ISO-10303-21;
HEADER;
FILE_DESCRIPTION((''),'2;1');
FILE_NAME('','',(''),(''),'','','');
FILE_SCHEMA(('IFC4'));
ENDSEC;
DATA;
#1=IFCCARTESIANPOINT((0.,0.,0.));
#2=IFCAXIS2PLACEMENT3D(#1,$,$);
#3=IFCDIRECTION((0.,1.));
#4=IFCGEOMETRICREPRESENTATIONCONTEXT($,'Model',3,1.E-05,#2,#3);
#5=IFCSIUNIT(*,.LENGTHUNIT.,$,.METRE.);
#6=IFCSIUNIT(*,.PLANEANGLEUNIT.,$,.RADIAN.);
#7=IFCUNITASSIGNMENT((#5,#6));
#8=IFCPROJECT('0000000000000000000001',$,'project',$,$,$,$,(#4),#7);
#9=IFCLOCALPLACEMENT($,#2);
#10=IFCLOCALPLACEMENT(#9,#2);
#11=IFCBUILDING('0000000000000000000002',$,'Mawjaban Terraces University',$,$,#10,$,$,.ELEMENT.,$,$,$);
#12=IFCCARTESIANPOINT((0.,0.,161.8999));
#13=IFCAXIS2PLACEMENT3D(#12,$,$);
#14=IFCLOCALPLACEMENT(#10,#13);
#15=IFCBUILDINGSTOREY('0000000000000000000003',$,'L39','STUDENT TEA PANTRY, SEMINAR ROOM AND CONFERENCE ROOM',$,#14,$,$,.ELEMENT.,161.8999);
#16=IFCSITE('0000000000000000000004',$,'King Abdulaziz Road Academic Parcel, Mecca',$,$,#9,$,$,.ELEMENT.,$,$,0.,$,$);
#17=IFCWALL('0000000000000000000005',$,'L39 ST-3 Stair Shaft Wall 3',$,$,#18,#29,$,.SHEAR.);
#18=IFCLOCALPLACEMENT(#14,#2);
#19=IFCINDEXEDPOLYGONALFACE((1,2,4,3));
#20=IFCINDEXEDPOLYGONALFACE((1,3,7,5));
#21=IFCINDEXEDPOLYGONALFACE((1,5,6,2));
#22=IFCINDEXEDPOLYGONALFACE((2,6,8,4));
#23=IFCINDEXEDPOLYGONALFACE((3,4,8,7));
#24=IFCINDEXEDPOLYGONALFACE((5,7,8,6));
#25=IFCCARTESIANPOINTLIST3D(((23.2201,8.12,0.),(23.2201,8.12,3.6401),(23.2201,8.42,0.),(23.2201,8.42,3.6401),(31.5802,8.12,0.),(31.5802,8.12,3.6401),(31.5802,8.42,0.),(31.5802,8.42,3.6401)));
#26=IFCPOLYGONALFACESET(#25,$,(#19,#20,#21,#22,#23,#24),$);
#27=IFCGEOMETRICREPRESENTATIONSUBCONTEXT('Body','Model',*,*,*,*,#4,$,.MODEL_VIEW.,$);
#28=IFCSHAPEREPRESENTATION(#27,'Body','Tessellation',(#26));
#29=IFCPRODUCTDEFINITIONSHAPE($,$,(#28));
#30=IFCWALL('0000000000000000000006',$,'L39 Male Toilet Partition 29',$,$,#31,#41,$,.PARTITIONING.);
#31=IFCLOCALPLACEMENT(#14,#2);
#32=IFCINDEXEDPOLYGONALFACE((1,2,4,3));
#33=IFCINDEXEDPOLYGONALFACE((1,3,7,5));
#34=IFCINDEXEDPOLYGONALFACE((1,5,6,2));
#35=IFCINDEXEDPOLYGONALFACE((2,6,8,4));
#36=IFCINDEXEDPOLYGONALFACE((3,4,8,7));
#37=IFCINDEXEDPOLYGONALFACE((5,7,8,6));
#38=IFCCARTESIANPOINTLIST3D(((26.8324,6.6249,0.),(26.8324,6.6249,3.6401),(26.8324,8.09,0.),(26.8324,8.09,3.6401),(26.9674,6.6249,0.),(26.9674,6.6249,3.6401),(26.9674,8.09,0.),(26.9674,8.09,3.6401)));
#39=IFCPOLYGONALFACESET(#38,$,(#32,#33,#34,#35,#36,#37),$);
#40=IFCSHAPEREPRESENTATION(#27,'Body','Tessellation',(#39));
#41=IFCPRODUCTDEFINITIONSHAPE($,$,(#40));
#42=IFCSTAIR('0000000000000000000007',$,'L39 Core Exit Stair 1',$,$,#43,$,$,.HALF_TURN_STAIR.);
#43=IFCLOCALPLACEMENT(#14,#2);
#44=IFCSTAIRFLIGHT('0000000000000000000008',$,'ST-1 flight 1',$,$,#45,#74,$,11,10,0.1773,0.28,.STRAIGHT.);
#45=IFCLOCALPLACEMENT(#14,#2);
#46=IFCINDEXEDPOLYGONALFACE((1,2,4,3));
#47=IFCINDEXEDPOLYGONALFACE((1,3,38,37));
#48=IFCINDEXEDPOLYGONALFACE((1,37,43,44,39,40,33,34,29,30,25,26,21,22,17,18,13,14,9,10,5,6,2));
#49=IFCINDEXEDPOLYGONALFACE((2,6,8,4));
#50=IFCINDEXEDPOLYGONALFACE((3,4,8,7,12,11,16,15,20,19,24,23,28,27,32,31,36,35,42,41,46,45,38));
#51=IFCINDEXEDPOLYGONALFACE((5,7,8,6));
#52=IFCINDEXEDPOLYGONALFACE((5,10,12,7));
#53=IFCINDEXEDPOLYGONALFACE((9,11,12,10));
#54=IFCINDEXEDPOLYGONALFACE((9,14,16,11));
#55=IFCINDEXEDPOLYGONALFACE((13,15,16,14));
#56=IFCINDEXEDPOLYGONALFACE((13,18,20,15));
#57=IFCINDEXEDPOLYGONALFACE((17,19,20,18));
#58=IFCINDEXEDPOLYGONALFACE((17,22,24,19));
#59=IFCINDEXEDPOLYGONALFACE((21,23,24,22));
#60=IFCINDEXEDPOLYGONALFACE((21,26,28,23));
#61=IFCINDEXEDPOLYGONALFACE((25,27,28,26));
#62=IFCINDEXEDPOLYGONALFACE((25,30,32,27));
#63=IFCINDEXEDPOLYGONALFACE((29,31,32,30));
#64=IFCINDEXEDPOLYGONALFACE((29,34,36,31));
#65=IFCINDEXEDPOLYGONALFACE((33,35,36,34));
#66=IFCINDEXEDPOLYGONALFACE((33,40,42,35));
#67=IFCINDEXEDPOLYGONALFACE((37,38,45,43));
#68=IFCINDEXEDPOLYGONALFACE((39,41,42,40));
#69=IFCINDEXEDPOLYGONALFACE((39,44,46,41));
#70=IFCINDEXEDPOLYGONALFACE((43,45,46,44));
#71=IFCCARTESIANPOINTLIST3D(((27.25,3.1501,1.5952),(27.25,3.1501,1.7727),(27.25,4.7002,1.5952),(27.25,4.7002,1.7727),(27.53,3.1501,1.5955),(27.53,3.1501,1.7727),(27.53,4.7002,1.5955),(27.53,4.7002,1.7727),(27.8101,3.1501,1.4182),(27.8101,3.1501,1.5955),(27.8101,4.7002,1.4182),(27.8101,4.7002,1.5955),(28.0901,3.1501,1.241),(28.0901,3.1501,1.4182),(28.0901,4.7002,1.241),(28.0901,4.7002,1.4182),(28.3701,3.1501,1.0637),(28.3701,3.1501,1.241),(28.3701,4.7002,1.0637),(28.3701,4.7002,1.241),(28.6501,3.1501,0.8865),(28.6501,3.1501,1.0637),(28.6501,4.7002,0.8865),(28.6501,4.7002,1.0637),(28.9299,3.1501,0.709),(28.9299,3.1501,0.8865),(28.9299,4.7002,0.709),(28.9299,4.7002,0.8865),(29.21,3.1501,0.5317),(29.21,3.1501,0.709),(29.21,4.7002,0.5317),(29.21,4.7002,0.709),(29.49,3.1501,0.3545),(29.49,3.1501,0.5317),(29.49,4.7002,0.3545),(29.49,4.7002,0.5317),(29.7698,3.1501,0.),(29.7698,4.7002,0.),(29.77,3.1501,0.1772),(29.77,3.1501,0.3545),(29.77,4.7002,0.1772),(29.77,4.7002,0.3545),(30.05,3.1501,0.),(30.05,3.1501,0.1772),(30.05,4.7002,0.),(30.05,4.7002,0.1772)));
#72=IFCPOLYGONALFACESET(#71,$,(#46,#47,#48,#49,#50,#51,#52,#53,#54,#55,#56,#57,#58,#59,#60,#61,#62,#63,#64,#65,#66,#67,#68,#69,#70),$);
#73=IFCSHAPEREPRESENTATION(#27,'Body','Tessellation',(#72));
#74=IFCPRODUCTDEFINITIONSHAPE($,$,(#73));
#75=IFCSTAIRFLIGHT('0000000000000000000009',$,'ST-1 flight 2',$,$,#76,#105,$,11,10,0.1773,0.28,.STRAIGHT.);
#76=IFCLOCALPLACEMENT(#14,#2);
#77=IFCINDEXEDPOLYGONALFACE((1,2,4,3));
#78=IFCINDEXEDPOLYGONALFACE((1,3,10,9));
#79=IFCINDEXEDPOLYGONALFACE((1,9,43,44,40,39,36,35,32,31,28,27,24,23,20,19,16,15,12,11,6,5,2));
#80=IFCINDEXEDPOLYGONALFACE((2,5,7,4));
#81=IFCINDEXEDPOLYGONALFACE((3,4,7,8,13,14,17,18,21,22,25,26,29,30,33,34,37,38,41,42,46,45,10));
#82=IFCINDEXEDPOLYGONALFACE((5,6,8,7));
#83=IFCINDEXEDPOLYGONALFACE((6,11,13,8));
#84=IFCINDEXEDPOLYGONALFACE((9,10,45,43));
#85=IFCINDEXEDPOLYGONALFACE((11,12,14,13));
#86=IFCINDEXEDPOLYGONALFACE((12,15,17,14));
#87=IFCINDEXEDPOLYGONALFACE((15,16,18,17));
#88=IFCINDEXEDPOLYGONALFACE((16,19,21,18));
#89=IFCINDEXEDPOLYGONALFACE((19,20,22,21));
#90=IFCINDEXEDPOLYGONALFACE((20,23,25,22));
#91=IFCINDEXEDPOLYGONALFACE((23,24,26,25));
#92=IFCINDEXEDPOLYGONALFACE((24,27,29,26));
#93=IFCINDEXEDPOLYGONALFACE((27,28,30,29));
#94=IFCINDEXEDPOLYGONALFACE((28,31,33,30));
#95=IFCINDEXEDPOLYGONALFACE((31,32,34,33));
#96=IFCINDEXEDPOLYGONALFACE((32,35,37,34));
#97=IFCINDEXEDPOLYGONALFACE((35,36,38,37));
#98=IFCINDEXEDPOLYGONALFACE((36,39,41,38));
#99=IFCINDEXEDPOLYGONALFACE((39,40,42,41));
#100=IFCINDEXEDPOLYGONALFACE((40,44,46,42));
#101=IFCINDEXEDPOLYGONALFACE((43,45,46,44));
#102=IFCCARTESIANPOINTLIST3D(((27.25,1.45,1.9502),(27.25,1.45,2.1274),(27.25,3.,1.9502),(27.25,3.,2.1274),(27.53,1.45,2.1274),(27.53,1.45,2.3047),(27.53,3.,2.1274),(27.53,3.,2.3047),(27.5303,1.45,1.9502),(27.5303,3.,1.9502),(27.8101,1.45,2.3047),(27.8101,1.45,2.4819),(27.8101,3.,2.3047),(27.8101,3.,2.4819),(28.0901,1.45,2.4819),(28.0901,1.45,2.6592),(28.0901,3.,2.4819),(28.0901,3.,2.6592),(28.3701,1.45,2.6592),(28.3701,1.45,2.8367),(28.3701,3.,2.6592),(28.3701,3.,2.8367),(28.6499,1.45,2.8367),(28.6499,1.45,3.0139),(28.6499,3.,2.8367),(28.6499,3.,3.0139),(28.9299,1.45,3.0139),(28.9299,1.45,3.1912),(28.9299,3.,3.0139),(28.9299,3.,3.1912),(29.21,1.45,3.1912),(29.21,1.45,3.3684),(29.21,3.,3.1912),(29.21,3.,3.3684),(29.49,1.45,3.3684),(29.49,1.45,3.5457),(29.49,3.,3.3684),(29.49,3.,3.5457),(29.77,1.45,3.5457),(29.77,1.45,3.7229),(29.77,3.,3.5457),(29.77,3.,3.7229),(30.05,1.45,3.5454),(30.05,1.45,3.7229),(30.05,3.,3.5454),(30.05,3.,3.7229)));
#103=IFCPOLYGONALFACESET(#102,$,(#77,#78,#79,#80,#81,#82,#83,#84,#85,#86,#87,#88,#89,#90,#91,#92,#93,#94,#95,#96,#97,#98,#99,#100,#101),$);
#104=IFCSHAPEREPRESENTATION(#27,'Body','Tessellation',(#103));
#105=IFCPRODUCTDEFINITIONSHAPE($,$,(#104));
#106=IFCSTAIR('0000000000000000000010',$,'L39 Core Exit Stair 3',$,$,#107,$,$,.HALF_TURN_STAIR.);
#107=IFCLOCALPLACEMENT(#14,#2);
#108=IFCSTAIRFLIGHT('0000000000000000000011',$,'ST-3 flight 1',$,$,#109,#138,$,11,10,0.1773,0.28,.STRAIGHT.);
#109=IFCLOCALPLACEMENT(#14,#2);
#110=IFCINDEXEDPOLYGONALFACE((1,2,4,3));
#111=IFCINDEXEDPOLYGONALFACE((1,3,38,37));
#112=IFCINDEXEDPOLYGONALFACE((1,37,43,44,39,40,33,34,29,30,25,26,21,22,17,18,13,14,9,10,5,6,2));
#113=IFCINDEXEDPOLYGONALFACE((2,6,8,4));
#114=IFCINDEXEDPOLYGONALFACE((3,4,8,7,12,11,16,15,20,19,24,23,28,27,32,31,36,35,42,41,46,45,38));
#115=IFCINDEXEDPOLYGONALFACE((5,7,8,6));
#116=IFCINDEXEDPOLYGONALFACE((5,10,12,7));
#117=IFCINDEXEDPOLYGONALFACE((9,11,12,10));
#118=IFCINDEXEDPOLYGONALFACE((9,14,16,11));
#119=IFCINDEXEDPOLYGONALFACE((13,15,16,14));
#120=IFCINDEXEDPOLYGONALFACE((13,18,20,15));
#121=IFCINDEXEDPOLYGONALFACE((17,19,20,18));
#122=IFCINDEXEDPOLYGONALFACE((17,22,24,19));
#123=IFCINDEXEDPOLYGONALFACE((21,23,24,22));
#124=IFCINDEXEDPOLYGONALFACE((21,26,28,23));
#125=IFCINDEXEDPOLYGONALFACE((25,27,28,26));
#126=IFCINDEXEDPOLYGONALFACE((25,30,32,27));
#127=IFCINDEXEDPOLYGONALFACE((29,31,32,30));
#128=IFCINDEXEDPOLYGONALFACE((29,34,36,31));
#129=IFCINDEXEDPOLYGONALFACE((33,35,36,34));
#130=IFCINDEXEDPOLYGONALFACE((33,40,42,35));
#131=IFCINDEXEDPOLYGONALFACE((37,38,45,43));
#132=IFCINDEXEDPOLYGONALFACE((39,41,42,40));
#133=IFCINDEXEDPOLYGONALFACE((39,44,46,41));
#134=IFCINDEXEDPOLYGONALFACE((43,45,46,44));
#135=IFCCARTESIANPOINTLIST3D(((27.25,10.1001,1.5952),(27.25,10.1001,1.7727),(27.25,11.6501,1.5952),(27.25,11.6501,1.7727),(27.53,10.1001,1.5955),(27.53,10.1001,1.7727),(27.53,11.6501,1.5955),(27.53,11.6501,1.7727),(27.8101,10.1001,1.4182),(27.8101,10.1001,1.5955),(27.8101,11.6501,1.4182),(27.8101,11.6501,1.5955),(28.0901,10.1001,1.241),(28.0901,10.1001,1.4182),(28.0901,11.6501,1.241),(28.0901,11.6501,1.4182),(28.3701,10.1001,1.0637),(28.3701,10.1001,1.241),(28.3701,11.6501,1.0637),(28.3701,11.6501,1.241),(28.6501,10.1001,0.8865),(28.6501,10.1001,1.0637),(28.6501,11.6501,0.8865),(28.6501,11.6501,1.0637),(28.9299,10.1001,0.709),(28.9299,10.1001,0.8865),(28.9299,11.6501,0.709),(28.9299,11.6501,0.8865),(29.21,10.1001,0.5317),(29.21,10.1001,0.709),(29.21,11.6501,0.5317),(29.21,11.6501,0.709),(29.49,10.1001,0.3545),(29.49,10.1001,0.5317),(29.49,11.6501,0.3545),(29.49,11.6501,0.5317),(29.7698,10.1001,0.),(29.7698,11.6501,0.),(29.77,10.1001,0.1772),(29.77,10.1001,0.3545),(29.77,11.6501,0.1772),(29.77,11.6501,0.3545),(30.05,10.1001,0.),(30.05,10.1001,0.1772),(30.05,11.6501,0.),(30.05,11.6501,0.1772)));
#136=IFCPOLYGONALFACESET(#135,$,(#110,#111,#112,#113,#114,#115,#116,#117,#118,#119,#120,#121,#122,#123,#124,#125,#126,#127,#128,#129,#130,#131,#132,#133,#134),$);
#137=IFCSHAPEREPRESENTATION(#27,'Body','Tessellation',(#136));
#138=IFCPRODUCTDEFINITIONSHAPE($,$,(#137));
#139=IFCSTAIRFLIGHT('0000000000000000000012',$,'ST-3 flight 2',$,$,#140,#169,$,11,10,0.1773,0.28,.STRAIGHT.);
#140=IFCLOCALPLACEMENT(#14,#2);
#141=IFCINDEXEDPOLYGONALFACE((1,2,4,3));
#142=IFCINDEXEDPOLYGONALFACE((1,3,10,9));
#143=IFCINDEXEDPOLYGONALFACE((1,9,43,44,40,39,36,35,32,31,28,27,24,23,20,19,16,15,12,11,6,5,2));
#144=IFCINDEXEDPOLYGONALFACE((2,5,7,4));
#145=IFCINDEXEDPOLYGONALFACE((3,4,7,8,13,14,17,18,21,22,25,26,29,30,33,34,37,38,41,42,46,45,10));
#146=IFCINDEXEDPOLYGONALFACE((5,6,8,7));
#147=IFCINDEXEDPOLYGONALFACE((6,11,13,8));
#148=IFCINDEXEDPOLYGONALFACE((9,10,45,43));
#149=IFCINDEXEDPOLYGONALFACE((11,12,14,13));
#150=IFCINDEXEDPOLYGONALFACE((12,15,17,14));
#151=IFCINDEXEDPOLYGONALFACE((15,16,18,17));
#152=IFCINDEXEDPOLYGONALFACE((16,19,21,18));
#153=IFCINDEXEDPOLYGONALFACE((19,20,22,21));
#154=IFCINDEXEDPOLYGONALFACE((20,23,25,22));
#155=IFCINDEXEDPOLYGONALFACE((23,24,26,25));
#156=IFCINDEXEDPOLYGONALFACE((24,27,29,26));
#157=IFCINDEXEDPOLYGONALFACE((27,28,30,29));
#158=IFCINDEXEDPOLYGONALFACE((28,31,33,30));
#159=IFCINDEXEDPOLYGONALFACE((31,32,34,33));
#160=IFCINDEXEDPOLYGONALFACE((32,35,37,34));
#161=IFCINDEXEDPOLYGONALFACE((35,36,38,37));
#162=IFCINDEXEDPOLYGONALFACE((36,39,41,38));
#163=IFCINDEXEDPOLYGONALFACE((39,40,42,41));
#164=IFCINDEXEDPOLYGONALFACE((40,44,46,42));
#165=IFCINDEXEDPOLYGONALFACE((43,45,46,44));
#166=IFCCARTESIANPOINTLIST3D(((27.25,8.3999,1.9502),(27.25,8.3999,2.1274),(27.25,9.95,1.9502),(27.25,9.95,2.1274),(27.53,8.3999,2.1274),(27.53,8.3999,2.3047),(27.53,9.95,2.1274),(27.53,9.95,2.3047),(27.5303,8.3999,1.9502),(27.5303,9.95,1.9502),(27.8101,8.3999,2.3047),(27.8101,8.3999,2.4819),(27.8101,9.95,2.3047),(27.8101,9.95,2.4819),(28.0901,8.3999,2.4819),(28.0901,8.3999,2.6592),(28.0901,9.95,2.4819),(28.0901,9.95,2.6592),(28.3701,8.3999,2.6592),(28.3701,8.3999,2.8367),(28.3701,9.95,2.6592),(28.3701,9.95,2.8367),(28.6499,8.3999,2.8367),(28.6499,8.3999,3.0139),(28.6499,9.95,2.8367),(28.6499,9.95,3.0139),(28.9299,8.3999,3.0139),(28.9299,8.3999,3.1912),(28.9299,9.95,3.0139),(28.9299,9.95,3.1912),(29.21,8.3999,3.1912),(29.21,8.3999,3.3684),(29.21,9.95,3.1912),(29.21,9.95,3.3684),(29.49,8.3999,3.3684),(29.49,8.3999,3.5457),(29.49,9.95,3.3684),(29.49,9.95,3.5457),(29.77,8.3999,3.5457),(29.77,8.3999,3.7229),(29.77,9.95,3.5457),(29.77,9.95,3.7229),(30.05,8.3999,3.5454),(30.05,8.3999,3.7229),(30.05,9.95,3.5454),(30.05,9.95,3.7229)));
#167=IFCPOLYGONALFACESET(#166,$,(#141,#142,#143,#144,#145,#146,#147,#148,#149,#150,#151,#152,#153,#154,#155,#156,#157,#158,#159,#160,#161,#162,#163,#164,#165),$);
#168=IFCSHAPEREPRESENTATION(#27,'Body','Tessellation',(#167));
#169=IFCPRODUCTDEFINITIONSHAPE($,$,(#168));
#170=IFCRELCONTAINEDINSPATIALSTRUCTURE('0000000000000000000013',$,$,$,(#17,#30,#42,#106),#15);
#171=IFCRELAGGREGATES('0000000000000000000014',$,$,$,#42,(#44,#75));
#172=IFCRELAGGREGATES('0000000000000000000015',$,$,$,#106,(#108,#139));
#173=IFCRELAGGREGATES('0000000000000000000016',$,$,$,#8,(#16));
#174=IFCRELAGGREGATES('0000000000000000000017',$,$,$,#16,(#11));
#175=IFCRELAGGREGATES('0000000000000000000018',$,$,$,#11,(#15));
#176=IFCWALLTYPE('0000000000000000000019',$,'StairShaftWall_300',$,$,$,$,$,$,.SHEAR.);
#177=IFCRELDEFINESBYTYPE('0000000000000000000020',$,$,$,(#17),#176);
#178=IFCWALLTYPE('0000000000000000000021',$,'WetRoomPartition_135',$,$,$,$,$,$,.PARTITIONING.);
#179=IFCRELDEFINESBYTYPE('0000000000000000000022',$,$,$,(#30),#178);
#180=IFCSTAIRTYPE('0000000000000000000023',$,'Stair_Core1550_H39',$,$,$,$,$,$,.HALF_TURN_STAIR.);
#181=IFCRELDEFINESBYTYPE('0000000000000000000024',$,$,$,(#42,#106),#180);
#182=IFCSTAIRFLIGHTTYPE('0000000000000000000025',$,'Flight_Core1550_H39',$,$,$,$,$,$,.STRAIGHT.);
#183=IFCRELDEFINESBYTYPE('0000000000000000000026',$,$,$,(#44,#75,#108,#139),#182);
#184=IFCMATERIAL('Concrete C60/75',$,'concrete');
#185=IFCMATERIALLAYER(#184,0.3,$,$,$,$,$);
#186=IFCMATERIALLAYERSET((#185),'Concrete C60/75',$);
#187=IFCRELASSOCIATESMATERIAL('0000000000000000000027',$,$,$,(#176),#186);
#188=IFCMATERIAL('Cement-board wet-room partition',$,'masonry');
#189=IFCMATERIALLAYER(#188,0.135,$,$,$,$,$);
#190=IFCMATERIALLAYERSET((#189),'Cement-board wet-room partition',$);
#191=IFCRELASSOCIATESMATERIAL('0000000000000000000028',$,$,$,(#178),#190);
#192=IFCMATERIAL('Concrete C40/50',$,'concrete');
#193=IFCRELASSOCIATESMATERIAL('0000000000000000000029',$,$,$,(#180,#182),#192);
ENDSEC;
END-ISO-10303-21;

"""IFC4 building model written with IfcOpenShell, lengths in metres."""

from ifc_helpers import new_model, si_unit, direction, frame, frame_2d, origin, place, context, subcontext, project, spatial, polyline, rectangle, outline, extrude, material, layer, layer_set, type_object, element, aggregate, save


model = new_model("IFC4")

# Units and contexts
model_context = context("Model", 3, precision=1e-05, world=origin(), true_north=direction((0.0, 1.0)))
body_context = subcontext(model_context, "Body", "Model", "MODEL_VIEW")
ifc_project = project(units=[si_unit("LENGTHUNIT", "METRE"), si_unit("PLANEANGLEUNIT", "RADIAN")], contexts=[model_context])

# Site, building, storey
site_placement = place(None, origin())
site = spatial("IfcSite", under=ifc_project, at=site_placement, Name="King Abdulaziz Road Academic Parcel, Mecca", CompositionType="ELEMENT", RefElevation=0.0)
building_placement = place(site_placement, origin())
building = spatial("IfcBuilding", under=site, at=building_placement, Name="Mawjaban Terraces University", CompositionType="ELEMENT")
storey_placement = place(building_placement, frame((0.0, 0.0, 161.8999)))
storey = spatial("IfcBuildingStorey", under=building, at=storey_placement, Name="L39", Description="STUDENT TEA PANTRY, SEMINAR ROOM AND CONFERENCE ROOM", CompositionType="ELEMENT", Elevation=161.8999)

# Walls
ifc_material_1 = material(Name="Concrete C60/75", Category="concrete")
ifc_layer_1 = layer(ifc_material_1, 0.3)
ifc_layer_set_1 = layer_set([ifc_layer_1], Name="Concrete C60/75")
wall_type_1 = type_object("IfcWallType", Name="StairShaftWall_300", PredefinedType="SHEAR", material=ifc_layer_set_1)
wall_1_placement = place(storey_placement, frame((23.22, 8.27, 0.0), z_axis=(0.0, 0.0, 1.0), x_axis=(1.0, 0.0, 0.0)))
element("IfcWall", 1, at=wall_1_placement, inside=storey, type_object=wall_type_1, Name="L39 ST-3 Stair Shaft Wall 3", PredefinedType="SHEAR", context=body_context, shape_type="SweptSolid", body=[
    extrude(rectangle(XDim=8.3601, YDim=0.3, at=frame_2d((4.1802, 0.0))), origin(), (0.0, 0.0, 1.0), 3.6401),
])
ifc_material_2 = material(Name="Cement-board wet-room partition", Category="masonry")
ifc_layer_2 = layer(ifc_material_2, 0.135)
ifc_layer_set_2 = layer_set([ifc_layer_2], Name="Cement-board wet-room partition")
wall_type_2 = type_object("IfcWallType", Name="WetRoomPartition_135", PredefinedType="PARTITIONING", material=ifc_layer_set_2)
wall_2_placement = place(storey_placement, frame((26.8999, 6.625, 0.0), z_axis=(0.0, 0.0, 1.0), x_axis=(0.0, 1.0, 0.0)))
element("IfcWall", 2, at=wall_2_placement, inside=storey, type_object=wall_type_2, Name="L39 Male Toilet Partition 29", PredefinedType="PARTITIONING", context=body_context, shape_type="SweptSolid", body=[
    extrude(rectangle(XDim=1.4651, YDim=0.135, at=frame_2d((0.7324, 0.0))), origin(), (0.0, 0.0, 1.0), 3.6401),
])

# Stairs, stair flights
ifc_material_3 = material(Name="Concrete C40/50", Category="concrete")
stair_type = type_object("IfcStairType", Name="Stair_Core1550_H39", PredefinedType="HALF_TURN_STAIR", material=ifc_material_3)
stair_1_placement = place(storey_placement, origin())
stair_1 = element("IfcStair", 3, at=stair_1_placement, inside=storey, type_object=stair_type, Name="L39 Core Exit Stair 1", PredefinedType="HALF_TURN_STAIR")
stair_flight_type = type_object("IfcStairFlightType", Name="Flight_Core1550_H39", PredefinedType="STRAIGHT", material=ifc_material_3)
stair_flight_1_placement = place(storey_placement, frame((30.05, 3.925, 0.0), z_axis=(0.0, 0.0, 1.0), x_axis=(-1.0, 0.0, 0.0)))
stair_flight_1 = element("IfcStairFlight", 4, at=stair_flight_1_placement, type_object=stair_flight_type, Name="ST-1 flight 1", NumberOfRisers=11, NumberOfTreads=10, PredefinedType="STRAIGHT", RiserHeight=0.1773, TreadLength=0.28, context=body_context, shape_type="SweptSolid", body=[
    extrude(outline(polyline([(0.0, 0.0), (0.0, 0.1772), (0.28, 0.1772), (0.28, 0.3545), (0.5601, 0.3545), (0.5601, 0.5317), (0.8401, 0.5317), (0.8401, 0.709), (1.1201, 0.709), (1.1201, 0.8865), (1.3999, 0.8865), (1.3999, 1.0637), (1.6799, 1.0637), (1.6799, 1.241), (1.96, 1.241), (1.96, 1.4182), (2.24, 1.4182), (2.24, 1.5955), (2.52, 1.5955), (2.52, 1.7727), (2.8, 1.7727), (2.8, 1.95), (2.8, 1.5952), (0.2803, 0.0), (0.0, 0.0)])), frame((0.0, 0.7749, 0.0), z_axis=(0.0, -1.0, 0.0), x_axis=(1.0, 0.0, 0.0)), (0.0, 0.0, 1.0), 1.55),
])
stair_flight_2_placement = place(storey_placement, frame((27.25, 2.2251, 1.9502), z_axis=(0.0, 0.0, 1.0), x_axis=(1.0, 0.0, 0.0)))
stair_flight_2 = element("IfcStairFlight", 5, at=stair_flight_2_placement, type_object=stair_flight_type, Name="ST-1 flight 2", NumberOfRisers=11, NumberOfTreads=10, PredefinedType="STRAIGHT", RiserHeight=0.1773, TreadLength=0.28, context=body_context, shape_type="SweptSolid", body=[
    extrude(outline(polyline([(0.0, 0.0), (0.0, 0.1772), (0.28, 0.1772), (0.28, 0.3545), (0.5601, 0.3545), (0.5601, 0.5317), (0.8401, 0.5317), (0.8401, 0.709), (1.1201, 0.709), (1.1201, 0.8865), (1.3999, 0.8865), (1.3999, 1.0637), (1.6799, 1.0637), (1.6799, 1.241), (1.96, 1.241), (1.96, 1.4182), (2.24, 1.4182), (2.24, 1.5955), (2.52, 1.5955), (2.52, 1.7727), (2.8, 1.7727), (2.8, 1.95), (2.8, 1.5952), (0.2803, 0.0), (0.0, 0.0)])), frame((0.0, 0.7749, 0.0), z_axis=(0.0, -1.0, 0.0), x_axis=(1.0, 0.0, 0.0)), (0.0, 0.0, 1.0), 1.55),
])
aggregate(stair_1, [stair_flight_1, stair_flight_2])
stair_2_placement = place(storey_placement, origin())
stair_2 = element("IfcStair", 6, at=stair_2_placement, inside=storey, type_object=stair_type, Name="L39 Core Exit Stair 3", PredefinedType="HALF_TURN_STAIR")
stair_flight_3_placement = place(storey_placement, frame((30.05, 10.875, 0.0), z_axis=(0.0, 0.0, 1.0), x_axis=(-1.0, 0.0, 0.0)))
stair_flight_3 = element("IfcStairFlight", 7, at=stair_flight_3_placement, type_object=stair_flight_type, Name="ST-3 flight 1", NumberOfRisers=11, NumberOfTreads=10, PredefinedType="STRAIGHT", RiserHeight=0.1773, TreadLength=0.28, context=body_context, shape_type="SweptSolid", body=[
    extrude(outline(polyline([(0.0, 0.0), (0.0, 0.1772), (0.28, 0.1772), (0.28, 0.3545), (0.5601, 0.3545), (0.5601, 0.5317), (0.8401, 0.5317), (0.8401, 0.709), (1.1201, 0.709), (1.1201, 0.8865), (1.3999, 0.8865), (1.3999, 1.0637), (1.6799, 1.0637), (1.6799, 1.241), (1.96, 1.241), (1.96, 1.4182), (2.24, 1.4182), (2.24, 1.5955), (2.52, 1.5955), (2.52, 1.7727), (2.8, 1.7727), (2.8, 1.95), (2.8, 1.5952), (0.2803, 0.0), (0.0, 0.0)])), frame((0.0, 0.7749, 0.0), z_axis=(0.0, -1.0, 0.0), x_axis=(1.0, 0.0, 0.0)), (0.0, 0.0, 1.0), 1.55),
])
stair_flight_4_placement = place(storey_placement, frame((27.25, 9.175, 1.9502), z_axis=(0.0, 0.0, 1.0), x_axis=(1.0, 0.0, 0.0)))
stair_flight_4 = element("IfcStairFlight", 8, at=stair_flight_4_placement, type_object=stair_flight_type, Name="ST-3 flight 2", NumberOfRisers=11, NumberOfTreads=10, PredefinedType="STRAIGHT", RiserHeight=0.1773, TreadLength=0.28, context=body_context, shape_type="SweptSolid", body=[
    extrude(outline(polyline([(0.0, 0.0), (0.0, 0.1772), (0.28, 0.1772), (0.28, 0.3545), (0.5601, 0.3545), (0.5601, 0.5317), (0.8401, 0.5317), (0.8401, 0.709), (1.1201, 0.709), (1.1201, 0.8865), (1.3999, 0.8865), (1.3999, 1.0637), (1.6799, 1.0637), (1.6799, 1.241), (1.96, 1.241), (1.96, 1.4182), (2.24, 1.4182), (2.24, 1.5955), (2.52, 1.5955), (2.52, 1.7727), (2.8, 1.7727), (2.8, 1.95), (2.8, 1.5952), (0.2803, 0.0), (0.0, 0.0)])), frame((0.0, 0.7749, 0.0), z_axis=(0.0, -1.0, 0.0), x_axis=(1.0, 0.0, 0.0)), (0.0, 0.0, 1.0), 1.55),
])
aggregate(stair_2, [stair_flight_3, stair_flight_4])

save(model, "model.ifc")
